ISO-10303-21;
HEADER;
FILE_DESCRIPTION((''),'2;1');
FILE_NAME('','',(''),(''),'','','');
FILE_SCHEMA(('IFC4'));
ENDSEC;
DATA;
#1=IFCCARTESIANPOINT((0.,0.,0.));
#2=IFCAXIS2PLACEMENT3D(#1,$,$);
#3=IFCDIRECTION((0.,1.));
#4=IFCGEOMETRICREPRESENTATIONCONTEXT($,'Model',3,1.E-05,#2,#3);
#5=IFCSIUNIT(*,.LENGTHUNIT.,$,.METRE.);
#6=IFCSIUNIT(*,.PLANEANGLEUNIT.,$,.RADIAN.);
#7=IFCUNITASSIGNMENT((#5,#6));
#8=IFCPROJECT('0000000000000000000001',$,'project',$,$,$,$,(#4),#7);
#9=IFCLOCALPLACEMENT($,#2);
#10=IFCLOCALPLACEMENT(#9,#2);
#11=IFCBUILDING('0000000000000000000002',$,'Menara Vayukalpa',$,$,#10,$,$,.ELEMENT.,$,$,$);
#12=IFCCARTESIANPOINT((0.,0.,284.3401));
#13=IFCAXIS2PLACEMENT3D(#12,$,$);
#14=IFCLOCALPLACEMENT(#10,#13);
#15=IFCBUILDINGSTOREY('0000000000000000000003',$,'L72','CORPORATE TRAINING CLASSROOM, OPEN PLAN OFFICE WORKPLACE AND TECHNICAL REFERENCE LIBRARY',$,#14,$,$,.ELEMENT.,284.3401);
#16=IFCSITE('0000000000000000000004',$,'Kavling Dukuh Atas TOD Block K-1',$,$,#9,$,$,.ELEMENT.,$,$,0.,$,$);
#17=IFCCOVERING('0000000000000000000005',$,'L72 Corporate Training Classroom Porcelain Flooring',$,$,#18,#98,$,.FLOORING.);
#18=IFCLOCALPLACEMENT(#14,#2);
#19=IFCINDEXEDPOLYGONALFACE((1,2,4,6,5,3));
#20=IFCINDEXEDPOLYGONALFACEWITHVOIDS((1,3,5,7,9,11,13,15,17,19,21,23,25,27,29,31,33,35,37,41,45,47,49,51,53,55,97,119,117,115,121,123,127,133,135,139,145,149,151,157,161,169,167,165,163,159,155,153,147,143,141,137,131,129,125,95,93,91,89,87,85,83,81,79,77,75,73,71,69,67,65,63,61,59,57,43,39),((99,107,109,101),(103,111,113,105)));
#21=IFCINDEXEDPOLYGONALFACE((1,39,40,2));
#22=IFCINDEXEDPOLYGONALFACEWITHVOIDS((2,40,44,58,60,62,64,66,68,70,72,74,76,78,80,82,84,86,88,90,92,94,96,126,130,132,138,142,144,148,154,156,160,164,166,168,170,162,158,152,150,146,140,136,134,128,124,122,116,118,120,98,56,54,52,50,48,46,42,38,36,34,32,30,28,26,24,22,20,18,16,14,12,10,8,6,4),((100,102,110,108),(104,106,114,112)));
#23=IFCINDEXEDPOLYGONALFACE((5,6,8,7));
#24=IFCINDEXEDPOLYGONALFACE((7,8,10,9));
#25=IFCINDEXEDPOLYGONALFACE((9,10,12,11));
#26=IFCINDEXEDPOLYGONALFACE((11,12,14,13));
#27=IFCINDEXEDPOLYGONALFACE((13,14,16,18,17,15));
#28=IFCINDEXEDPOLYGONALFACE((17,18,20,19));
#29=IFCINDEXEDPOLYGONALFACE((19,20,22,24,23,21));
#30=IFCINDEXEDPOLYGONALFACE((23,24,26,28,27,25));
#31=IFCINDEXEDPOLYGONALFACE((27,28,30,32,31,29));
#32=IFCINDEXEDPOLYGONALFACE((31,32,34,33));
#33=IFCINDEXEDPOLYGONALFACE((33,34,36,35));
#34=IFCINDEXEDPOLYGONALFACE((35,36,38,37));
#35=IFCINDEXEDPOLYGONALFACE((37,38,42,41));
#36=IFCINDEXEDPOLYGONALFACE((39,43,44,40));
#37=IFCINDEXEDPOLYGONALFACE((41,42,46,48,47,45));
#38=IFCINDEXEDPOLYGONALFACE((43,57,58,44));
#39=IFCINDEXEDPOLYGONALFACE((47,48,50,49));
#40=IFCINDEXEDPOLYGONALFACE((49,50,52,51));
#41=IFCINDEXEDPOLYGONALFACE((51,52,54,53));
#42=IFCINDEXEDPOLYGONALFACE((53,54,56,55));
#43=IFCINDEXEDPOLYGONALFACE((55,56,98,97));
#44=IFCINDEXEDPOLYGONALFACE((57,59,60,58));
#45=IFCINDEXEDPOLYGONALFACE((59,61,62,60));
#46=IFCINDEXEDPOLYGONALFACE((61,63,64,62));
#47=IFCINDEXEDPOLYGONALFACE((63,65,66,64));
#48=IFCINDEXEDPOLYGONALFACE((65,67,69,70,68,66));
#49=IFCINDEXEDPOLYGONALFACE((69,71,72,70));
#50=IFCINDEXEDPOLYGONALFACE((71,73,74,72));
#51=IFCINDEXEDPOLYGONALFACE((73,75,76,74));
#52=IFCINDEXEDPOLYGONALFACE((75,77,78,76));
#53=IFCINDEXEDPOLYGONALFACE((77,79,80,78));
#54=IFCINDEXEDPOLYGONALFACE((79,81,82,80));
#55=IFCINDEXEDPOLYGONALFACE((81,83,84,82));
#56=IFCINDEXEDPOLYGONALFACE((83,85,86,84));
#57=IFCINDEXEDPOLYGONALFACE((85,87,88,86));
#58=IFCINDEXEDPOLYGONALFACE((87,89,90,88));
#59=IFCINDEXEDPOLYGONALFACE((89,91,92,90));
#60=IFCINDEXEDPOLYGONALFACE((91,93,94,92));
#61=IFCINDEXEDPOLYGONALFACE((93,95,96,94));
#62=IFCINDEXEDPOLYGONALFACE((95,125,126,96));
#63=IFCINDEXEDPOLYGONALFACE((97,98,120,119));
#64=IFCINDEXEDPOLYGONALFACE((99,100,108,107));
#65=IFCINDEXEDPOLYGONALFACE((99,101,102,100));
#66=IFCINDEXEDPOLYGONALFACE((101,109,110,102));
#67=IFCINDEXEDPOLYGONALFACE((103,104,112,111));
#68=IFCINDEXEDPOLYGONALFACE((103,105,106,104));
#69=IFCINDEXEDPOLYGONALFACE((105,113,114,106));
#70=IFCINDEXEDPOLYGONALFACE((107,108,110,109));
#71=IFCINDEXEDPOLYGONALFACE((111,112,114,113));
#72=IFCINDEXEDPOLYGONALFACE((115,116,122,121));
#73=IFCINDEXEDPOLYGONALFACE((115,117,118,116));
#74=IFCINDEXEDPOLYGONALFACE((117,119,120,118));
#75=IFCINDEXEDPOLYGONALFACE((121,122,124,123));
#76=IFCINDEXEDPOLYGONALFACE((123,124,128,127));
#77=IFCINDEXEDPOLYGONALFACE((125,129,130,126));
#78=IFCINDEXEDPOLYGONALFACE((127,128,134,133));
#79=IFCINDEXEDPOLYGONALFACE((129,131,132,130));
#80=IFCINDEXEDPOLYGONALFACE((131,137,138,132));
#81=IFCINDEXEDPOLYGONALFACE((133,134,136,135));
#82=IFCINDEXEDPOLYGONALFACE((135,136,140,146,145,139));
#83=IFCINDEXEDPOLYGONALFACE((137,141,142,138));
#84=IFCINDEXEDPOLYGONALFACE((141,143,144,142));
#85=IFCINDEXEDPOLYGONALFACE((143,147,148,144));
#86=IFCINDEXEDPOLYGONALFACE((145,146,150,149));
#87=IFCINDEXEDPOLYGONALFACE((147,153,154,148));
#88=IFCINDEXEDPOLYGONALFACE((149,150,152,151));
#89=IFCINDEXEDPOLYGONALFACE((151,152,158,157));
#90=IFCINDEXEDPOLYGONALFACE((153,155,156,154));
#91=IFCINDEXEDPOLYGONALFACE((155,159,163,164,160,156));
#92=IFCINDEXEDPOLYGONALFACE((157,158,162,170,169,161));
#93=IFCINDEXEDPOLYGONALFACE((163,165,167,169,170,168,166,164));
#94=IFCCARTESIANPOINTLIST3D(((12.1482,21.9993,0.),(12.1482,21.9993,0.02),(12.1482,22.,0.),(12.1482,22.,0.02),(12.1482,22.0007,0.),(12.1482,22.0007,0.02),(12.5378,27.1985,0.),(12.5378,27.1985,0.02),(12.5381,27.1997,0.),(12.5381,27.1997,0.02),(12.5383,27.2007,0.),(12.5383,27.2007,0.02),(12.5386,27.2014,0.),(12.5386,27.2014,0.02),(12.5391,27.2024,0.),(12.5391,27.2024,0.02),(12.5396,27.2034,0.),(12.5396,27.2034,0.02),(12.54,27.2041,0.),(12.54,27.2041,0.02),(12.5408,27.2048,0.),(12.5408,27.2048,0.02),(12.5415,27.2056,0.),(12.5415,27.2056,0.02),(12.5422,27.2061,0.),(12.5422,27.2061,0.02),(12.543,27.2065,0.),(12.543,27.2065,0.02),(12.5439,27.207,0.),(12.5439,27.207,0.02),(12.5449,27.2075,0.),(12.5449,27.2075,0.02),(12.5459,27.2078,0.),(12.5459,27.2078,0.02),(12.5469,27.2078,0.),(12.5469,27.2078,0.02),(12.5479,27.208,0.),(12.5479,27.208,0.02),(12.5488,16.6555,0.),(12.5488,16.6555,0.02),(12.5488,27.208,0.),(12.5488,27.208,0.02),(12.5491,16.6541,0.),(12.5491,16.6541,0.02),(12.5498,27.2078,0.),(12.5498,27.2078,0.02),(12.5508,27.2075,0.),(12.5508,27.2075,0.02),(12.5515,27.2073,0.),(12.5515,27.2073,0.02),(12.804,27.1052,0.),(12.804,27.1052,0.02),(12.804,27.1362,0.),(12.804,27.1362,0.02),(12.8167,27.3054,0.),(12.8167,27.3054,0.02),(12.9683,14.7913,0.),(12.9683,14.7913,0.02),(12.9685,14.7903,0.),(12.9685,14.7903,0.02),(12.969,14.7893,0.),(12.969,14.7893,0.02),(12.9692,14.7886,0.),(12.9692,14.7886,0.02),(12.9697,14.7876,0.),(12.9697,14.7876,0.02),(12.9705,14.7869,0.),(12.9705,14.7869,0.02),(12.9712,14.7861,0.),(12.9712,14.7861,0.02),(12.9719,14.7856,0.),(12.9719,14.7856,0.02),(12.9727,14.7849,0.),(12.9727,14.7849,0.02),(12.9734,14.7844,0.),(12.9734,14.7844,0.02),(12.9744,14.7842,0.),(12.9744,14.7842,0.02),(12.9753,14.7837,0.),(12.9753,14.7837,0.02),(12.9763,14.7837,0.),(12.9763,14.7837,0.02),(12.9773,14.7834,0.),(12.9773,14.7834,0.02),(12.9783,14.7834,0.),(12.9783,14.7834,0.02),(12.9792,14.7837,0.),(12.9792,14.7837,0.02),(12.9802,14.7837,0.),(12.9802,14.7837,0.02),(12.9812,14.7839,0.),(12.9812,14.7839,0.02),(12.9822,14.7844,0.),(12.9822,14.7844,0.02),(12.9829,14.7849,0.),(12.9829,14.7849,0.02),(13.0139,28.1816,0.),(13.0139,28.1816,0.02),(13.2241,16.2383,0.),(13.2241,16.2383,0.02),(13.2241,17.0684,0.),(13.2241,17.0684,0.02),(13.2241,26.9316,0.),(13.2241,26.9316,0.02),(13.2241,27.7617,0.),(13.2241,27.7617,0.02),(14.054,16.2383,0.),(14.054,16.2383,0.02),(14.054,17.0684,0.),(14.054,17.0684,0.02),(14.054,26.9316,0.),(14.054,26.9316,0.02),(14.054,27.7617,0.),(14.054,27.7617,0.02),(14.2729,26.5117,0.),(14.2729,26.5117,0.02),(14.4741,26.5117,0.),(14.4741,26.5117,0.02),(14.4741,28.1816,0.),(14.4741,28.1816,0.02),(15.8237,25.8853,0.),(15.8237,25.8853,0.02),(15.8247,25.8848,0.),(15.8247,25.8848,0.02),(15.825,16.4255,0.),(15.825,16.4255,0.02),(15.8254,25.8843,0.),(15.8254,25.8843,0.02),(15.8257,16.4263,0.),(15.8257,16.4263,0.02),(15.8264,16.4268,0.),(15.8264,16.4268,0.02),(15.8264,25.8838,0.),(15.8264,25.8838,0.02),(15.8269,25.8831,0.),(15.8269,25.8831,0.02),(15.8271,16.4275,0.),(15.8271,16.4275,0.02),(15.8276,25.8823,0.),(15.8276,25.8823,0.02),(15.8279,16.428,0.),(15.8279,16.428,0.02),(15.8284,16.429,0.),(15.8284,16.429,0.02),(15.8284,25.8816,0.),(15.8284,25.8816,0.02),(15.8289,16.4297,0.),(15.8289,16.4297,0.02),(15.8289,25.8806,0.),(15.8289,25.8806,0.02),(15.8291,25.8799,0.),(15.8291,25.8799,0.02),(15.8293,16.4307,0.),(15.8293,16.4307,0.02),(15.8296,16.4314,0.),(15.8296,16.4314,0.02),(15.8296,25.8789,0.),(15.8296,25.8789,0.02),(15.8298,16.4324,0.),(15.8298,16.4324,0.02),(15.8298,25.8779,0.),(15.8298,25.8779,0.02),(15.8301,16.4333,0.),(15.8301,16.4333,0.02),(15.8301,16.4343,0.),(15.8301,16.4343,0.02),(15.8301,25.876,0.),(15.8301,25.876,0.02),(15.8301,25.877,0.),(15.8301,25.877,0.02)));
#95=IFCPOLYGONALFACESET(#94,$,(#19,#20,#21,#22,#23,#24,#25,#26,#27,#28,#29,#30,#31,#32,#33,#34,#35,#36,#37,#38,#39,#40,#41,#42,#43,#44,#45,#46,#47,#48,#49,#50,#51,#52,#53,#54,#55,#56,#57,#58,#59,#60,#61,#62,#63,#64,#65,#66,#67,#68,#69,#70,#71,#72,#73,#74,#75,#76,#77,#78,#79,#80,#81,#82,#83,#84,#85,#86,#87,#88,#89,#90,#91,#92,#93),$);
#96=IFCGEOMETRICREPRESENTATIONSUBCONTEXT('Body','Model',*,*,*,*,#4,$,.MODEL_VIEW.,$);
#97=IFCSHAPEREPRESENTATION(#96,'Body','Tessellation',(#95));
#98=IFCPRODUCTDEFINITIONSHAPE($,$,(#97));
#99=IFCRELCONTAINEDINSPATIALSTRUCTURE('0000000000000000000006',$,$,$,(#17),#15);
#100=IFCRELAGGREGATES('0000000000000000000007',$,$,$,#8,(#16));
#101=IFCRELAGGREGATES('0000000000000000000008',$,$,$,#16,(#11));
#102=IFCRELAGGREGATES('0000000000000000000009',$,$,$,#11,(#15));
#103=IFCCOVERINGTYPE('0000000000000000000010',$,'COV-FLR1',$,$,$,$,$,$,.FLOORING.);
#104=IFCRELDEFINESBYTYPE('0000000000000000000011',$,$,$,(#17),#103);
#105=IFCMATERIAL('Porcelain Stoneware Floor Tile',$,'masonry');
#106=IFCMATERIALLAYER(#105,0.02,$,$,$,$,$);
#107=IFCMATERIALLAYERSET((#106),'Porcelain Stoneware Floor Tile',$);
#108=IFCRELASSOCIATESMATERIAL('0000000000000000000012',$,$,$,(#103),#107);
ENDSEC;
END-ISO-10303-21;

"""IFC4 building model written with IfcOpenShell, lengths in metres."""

from ifc_helpers import new_model, si_unit, direction, frame, origin, place, context, subcontext, project, spatial, polyline, outline, extrude, material, layer, layer_set, type_object, element, save


model = new_model("IFC4")

# Units and contexts
model_context = context("Model", 3, precision=1e-05, world=origin(), true_north=direction((0.0, 1.0)))
body_context = subcontext(model_context, "Body", "Model", "MODEL_VIEW")
ifc_project = project(units=[si_unit("LENGTHUNIT", "METRE"), si_unit("PLANEANGLEUNIT", "RADIAN")], contexts=[model_context])

# Site, building, storey
site_placement = place(None, origin())
site = spatial("IfcSite", under=ifc_project, at=site_placement, Name="Kavling Dukuh Atas TOD Block K-1", CompositionType="ELEMENT", RefElevation=0.0)
building_placement = place(site_placement, origin())
building = spatial("IfcBuilding", under=site, at=building_placement, Name="Menara Vayukalpa", CompositionType="ELEMENT")
storey_placement = place(building_placement, frame((0.0, 0.0, 284.3401)))
storey = spatial("IfcBuildingStorey", under=building, at=storey_placement, Name="L72", Description="CORPORATE TRAINING CLASSROOM, OPEN PLAN OFFICE WORKPLACE AND TECHNICAL REFERENCE LIBRARY", CompositionType="ELEMENT", Elevation=284.3401)

# Covering
ifc_material_1 = material(Name="Porcelain Stoneware Floor Tile", Category="masonry")
ifc_layer_1 = layer(ifc_material_1, 0.02)
ifc_layer_set_1 = layer_set([ifc_layer_1], Name="Porcelain Stoneware Floor Tile")
covering_type_1 = type_object("IfcCoveringType", Name="COV-FLR1", PredefinedType="FLOORING", material=ifc_layer_set_1)
covering_1_placement = place(storey_placement, origin())
element("IfcCovering", 1, at=covering_1_placement, inside=storey, type_object=covering_type_1, Name="L72 Corporate Training Classroom Porcelain Flooring", PredefinedType="FLOORING", context=body_context, shape_type="SweptSolid", body=[
    extrude(outline(polyline([(12.1482, 22.0), (12.1482, 22.0007), (12.5378, 27.1985), (12.5381, 27.1997), (12.5383, 27.2007), (12.5386, 27.2014), (12.5391, 27.2024), (12.5396, 27.2034), (12.54, 27.2041), (12.5408, 27.2048), (12.5415, 27.2056), (12.5422, 27.2061), (12.543, 27.2065), (12.5439, 27.207), (12.5449, 27.2075), (12.5459, 27.2078), (12.5469, 27.2078), (12.5479, 27.208), (12.5488, 27.208), (12.5498, 27.2078), (12.5508, 27.2075), (12.5515, 27.2073), (12.804, 27.1052), (12.804, 27.1362), (12.8167, 27.3054), (13.0139, 28.1816), (14.4741, 28.1816), (14.4741, 26.5117), (14.2729, 26.5117), (15.8237, 25.8853), (15.8247, 25.8848), (15.8254, 25.8843), (15.8264, 25.8838), (15.8269, 25.8831), (15.8276, 25.8823), (15.8284, 25.8816), (15.8289, 25.8806), (15.8291, 25.8799), (15.8296, 25.8789), (15.8298, 25.8779), (15.8301, 25.877), (15.8301, 25.876), (15.8301, 16.4343), (15.8301, 16.4333), (15.8298, 16.4324), (15.8296, 16.4314), (15.8293, 16.4307), (15.8289, 16.4297), (15.8284, 16.429), (15.8279, 16.428), (15.8271, 16.4275), (15.8264, 16.4268), (15.8257, 16.4263), (15.825, 16.4255), (12.9829, 14.7849), (12.9822, 14.7844), (12.9812, 14.7839), (12.9802, 14.7837), (12.9792, 14.7837), (12.9783, 14.7834), (12.9773, 14.7834), (12.9763, 14.7837), (12.9753, 14.7837), (12.9744, 14.7842), (12.9734, 14.7844), (12.9727, 14.7849), (12.9719, 14.7856), (12.9712, 14.7861), (12.9705, 14.7869), (12.9697, 14.7876), (12.9692, 14.7886), (12.969, 14.7893), (12.9685, 14.7903), (12.9683, 14.7913), (12.5491, 16.6541), (12.5488, 16.6555), (12.1482, 21.9993), (12.1482, 22.0)]), holes=[polyline([(14.054, 17.0684), (13.2241, 17.0684), (13.2241, 16.2383), (14.054, 16.2383), (14.054, 17.0684)]), polyline([(14.054, 27.7617), (13.2241, 27.7617), (13.2241, 26.9316), (14.054, 26.9316), (14.054, 27.7617)])]), origin(), (0.0, 0.0, 1.0), 0.02),
])

save(model, "model.ifc")
